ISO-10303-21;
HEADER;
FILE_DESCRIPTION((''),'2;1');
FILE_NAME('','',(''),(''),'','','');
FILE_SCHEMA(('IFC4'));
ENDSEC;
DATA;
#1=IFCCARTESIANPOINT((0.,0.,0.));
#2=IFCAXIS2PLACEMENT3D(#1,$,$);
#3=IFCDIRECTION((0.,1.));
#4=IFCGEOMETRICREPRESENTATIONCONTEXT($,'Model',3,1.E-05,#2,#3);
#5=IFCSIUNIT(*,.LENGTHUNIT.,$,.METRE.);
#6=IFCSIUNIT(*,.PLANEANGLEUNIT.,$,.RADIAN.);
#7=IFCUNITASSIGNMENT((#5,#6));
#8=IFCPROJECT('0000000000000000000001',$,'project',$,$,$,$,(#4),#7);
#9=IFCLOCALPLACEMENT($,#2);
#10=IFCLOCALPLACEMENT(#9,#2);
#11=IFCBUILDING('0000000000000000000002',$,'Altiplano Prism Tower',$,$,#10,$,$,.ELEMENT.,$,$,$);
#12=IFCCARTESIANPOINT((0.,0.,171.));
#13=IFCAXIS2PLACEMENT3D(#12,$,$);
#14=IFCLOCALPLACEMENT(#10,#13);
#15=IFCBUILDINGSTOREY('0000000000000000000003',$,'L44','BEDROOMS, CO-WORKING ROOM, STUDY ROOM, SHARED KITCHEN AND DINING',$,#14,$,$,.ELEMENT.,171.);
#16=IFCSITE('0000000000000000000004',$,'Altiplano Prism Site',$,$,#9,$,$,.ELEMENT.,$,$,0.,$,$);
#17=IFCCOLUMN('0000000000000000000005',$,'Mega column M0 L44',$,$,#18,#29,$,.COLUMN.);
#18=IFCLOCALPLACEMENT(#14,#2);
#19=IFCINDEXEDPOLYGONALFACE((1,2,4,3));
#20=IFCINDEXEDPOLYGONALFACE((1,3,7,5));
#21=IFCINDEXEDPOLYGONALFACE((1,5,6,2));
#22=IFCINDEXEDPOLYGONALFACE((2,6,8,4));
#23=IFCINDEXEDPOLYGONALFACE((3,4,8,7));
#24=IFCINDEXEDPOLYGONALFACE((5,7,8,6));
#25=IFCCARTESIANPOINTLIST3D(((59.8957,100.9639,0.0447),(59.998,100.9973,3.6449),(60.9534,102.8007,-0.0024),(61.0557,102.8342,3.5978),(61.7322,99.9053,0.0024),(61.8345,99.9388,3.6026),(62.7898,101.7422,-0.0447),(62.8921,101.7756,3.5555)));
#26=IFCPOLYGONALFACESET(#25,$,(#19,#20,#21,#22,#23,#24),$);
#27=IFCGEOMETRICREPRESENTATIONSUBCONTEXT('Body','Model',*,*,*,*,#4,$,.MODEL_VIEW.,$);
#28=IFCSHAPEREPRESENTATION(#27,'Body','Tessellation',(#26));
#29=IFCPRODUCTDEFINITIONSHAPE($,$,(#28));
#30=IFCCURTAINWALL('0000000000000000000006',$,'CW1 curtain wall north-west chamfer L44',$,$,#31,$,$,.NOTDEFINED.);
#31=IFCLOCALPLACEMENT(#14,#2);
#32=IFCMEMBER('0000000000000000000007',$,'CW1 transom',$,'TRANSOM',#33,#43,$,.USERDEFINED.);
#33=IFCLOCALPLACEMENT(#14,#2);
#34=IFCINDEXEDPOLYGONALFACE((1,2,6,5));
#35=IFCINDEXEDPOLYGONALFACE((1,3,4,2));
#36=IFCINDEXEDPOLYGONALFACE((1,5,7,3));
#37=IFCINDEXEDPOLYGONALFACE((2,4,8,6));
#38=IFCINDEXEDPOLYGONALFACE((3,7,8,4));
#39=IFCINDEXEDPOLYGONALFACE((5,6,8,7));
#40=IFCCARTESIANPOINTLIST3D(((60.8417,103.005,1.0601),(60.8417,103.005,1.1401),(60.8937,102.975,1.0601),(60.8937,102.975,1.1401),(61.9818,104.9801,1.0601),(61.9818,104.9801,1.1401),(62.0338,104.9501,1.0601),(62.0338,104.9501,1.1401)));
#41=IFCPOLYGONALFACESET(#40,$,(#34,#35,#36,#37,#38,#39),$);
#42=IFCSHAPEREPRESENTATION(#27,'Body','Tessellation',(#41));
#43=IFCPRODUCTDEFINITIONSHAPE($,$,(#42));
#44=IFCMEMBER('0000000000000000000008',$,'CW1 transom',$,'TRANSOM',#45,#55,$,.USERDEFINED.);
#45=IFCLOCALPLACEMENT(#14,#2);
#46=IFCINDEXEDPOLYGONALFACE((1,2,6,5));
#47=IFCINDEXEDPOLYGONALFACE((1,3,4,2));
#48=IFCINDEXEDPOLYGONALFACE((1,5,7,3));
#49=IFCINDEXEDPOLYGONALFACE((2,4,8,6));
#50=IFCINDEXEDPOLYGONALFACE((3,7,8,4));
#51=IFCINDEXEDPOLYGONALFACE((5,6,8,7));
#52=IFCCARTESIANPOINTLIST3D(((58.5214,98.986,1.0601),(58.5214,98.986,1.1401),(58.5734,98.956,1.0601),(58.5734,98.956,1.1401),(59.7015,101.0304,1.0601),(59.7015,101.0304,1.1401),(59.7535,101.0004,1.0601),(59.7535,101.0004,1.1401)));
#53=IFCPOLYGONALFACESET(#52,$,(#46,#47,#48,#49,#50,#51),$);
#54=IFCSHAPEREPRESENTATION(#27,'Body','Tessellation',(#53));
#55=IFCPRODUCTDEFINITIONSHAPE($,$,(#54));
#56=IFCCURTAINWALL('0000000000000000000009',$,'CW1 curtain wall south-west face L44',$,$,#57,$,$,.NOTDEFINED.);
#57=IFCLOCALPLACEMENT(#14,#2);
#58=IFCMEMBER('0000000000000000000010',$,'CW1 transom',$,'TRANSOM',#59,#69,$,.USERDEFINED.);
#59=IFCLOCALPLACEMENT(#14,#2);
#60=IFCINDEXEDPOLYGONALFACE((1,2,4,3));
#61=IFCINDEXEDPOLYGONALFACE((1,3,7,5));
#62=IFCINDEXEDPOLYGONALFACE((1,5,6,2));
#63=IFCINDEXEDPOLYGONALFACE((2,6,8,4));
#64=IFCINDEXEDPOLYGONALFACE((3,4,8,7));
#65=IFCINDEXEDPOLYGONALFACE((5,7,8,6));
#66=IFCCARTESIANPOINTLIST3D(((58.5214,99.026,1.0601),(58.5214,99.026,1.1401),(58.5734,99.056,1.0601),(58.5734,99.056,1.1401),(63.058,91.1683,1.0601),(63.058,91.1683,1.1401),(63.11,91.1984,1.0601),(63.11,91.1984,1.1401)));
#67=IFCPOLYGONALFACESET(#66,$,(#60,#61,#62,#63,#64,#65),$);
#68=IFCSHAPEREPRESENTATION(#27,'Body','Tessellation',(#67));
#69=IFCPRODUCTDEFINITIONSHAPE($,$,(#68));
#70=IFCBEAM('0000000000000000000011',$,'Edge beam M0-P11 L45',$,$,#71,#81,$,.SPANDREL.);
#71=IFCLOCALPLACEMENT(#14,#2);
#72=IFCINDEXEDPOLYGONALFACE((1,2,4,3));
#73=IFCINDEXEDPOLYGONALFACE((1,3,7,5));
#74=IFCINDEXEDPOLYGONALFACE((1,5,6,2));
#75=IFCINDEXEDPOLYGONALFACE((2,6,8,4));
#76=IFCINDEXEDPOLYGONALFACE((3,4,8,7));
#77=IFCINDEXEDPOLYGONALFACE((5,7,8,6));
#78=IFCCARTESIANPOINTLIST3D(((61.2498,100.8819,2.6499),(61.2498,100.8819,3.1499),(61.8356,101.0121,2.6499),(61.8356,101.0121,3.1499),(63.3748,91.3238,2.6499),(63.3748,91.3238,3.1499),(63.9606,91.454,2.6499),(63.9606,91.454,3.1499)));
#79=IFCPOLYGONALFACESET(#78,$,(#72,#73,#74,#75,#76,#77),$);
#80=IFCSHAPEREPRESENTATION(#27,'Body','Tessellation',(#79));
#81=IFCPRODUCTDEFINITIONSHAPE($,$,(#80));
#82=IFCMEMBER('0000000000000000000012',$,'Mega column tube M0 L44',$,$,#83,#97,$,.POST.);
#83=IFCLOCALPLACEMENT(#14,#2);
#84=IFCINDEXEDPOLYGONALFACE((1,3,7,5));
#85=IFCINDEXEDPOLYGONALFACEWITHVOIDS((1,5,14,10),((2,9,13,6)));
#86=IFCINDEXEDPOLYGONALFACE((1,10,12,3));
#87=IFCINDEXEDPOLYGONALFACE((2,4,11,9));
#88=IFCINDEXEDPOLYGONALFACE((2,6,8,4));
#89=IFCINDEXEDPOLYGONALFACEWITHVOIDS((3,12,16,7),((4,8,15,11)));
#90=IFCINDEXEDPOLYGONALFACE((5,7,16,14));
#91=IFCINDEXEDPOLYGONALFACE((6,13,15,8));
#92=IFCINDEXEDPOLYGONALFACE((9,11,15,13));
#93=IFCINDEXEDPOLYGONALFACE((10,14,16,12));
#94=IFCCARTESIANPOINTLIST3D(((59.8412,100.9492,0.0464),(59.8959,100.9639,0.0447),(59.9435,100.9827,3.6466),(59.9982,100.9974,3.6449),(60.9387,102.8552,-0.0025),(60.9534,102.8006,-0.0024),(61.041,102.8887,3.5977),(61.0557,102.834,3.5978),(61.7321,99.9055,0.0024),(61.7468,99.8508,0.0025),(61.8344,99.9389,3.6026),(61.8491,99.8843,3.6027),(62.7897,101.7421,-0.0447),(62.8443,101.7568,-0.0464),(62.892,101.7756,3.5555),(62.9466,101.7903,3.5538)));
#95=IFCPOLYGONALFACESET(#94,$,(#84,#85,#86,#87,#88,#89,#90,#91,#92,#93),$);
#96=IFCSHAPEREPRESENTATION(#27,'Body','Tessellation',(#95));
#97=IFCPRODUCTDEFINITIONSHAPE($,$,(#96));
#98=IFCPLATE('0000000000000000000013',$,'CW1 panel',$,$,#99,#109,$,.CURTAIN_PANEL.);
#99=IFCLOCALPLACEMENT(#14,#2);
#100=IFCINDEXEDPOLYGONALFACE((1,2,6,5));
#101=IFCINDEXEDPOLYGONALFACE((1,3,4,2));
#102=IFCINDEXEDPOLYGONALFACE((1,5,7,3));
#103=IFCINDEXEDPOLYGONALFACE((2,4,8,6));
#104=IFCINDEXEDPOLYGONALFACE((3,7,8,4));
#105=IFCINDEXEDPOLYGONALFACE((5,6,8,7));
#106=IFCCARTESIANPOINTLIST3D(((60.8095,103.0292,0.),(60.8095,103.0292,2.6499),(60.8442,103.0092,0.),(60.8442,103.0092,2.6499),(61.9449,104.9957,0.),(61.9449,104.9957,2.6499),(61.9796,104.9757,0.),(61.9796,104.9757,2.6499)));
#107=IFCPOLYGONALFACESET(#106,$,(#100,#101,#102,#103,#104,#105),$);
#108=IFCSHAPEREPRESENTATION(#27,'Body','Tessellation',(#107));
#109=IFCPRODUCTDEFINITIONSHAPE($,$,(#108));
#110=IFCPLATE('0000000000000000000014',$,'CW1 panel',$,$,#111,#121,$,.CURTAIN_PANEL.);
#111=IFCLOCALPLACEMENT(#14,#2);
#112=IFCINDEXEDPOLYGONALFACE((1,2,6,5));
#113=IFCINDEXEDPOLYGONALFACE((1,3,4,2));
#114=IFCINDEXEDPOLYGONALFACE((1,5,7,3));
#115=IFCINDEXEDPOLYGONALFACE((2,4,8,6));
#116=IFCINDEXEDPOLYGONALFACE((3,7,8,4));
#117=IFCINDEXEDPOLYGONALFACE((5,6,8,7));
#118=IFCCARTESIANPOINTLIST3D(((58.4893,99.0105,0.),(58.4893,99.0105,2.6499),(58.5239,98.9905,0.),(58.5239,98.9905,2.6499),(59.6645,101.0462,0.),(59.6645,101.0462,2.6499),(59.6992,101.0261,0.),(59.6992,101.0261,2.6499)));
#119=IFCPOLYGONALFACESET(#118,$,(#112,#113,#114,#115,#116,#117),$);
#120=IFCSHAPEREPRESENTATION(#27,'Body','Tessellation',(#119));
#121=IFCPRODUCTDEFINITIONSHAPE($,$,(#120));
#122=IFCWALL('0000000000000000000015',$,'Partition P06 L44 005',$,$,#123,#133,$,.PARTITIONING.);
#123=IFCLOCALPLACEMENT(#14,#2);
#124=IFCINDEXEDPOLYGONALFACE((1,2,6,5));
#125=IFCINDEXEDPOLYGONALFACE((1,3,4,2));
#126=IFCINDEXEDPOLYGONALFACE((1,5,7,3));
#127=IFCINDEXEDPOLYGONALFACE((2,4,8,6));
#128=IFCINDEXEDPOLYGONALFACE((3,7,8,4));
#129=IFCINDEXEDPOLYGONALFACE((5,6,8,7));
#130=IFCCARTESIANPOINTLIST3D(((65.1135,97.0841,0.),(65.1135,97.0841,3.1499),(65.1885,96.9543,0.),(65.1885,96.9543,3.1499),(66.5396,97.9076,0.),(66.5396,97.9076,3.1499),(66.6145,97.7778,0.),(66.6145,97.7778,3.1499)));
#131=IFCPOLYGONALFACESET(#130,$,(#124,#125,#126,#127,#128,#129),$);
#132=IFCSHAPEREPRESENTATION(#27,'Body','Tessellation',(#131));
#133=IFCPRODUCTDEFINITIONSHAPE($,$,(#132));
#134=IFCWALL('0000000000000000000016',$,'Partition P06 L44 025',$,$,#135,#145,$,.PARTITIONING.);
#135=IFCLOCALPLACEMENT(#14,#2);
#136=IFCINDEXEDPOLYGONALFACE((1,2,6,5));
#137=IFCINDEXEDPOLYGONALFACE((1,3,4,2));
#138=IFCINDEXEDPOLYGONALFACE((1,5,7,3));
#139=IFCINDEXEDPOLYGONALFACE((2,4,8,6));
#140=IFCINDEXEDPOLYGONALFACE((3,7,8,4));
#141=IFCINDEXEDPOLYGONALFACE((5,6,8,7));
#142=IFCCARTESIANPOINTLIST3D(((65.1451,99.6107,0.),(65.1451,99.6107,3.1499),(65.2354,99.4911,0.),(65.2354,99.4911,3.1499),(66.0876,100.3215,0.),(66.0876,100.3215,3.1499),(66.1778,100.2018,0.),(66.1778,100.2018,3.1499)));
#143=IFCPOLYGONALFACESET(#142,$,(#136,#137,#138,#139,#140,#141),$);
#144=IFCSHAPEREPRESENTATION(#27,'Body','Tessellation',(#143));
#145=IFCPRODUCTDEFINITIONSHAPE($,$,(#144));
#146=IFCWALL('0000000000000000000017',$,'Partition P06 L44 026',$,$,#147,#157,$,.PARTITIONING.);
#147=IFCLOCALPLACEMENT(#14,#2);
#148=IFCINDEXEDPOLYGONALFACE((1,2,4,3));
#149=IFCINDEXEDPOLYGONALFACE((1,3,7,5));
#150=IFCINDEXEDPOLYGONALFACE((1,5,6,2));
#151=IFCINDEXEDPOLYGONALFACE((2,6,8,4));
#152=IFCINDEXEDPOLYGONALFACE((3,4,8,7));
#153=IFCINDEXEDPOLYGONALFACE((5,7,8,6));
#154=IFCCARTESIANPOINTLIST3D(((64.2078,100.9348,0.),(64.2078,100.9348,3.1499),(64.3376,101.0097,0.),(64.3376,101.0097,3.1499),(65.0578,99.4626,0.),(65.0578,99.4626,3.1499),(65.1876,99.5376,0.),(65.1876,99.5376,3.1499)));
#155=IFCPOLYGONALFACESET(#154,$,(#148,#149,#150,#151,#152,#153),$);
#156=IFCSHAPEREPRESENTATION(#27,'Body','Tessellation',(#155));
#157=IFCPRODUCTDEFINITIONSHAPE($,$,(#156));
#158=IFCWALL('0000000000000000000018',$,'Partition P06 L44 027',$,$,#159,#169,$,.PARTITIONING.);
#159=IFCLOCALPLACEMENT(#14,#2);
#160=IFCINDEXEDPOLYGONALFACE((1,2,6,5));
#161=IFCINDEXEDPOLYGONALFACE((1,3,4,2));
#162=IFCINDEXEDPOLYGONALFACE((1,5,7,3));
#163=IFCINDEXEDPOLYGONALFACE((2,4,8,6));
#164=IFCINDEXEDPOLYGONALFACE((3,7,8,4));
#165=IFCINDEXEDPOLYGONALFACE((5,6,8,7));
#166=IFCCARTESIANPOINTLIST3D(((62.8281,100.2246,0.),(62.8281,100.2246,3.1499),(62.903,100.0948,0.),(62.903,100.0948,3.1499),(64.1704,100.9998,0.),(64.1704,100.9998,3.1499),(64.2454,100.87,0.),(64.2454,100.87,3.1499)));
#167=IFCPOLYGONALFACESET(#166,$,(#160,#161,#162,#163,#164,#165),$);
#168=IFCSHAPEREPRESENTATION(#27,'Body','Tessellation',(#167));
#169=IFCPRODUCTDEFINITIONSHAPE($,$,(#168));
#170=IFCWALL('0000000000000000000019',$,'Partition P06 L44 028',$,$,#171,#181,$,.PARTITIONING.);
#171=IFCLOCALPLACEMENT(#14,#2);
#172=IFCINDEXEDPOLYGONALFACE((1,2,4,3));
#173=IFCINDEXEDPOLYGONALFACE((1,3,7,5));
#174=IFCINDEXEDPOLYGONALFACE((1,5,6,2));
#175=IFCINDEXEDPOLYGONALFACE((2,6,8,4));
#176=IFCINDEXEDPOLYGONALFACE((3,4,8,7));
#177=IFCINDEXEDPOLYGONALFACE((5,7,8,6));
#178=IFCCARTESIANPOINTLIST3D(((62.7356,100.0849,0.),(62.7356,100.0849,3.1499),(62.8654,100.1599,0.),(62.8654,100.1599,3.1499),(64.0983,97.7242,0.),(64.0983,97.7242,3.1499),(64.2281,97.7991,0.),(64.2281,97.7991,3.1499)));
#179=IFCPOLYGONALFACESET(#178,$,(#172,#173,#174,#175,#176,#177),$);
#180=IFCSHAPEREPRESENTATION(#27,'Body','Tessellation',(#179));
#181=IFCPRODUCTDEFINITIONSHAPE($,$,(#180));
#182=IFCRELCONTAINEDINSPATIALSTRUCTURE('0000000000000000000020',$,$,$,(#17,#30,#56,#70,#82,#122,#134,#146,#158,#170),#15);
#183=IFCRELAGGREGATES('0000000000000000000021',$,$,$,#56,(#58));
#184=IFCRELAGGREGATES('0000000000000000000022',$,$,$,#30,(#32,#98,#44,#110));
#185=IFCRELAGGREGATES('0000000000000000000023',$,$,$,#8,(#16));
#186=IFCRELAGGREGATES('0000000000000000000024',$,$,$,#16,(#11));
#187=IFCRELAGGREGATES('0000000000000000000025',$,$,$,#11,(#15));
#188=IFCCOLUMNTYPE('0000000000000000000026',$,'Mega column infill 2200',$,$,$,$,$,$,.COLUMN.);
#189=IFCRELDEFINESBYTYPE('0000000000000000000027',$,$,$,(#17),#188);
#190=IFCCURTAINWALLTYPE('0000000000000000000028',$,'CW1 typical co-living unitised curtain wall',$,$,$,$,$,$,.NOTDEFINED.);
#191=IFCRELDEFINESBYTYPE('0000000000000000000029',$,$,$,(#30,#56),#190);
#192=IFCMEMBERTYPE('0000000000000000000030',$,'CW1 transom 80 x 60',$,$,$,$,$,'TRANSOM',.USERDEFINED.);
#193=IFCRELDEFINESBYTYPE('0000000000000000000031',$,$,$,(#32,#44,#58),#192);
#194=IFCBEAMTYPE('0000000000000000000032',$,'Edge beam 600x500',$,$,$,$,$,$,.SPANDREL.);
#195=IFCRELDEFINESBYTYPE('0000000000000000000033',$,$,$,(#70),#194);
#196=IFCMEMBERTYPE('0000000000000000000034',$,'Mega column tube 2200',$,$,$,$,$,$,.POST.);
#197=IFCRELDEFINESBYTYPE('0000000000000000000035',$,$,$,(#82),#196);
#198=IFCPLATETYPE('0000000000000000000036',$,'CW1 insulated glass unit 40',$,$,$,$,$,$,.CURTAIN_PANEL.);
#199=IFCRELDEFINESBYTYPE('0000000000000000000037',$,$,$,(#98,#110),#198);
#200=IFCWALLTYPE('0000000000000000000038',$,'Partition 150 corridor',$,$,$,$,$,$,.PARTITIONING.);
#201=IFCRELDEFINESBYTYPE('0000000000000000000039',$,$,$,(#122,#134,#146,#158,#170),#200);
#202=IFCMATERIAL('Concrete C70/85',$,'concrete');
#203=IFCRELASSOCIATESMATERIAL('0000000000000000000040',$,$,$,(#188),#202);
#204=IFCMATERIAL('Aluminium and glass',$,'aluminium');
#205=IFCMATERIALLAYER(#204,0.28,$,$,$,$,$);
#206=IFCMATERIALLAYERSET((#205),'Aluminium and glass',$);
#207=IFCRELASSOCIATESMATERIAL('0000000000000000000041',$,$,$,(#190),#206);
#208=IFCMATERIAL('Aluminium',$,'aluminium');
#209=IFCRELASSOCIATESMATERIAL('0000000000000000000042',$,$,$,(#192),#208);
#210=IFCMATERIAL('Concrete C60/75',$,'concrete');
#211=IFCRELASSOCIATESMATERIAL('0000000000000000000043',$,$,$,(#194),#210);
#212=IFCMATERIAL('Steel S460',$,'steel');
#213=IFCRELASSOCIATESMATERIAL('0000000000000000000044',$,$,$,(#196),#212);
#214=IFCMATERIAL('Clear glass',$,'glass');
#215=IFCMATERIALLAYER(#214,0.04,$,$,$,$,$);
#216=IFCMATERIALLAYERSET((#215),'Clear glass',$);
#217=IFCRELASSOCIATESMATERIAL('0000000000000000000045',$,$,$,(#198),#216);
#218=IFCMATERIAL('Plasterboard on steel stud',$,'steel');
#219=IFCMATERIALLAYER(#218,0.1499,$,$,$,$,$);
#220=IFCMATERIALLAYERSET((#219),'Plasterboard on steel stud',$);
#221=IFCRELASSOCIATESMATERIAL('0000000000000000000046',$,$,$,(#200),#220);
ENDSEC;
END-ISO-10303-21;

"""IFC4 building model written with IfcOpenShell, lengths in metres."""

from ifc_helpers import new_model, si_unit, direction, frame, frame_2d, origin, origin_2d, place, context, subcontext, project, spatial, rectangle, hollow_rectangle, extrude, material, layer, layer_set, material_profile, profile_set, type_object, element, aggregate, save


model = new_model("IFC4")

# Units and contexts
model_context = context("Model", 3, precision=1e-05, world=origin(), true_north=direction((0.0, 1.0)))
body_context = subcontext(model_context, "Body", "Model", "MODEL_VIEW")
ifc_project = project(units=[si_unit("LENGTHUNIT", "METRE"), si_unit("PLANEANGLEUNIT", "RADIAN")], contexts=[model_context])

# Site, building, storey
site_placement = place(None, origin())
site = spatial("IfcSite", under=ifc_project, at=site_placement, Name="Altiplano Prism Site", CompositionType="ELEMENT", RefElevation=0.0)
building_placement = place(site_placement, origin())
building = spatial("IfcBuilding", under=site, at=building_placement, Name="Altiplano Prism Tower", CompositionType="ELEMENT")
storey_placement = place(building_placement, frame((0.0, 0.0, 171.0)))
storey = spatial("IfcBuildingStorey", under=building, at=storey_placement, Name="L44", Description="BEDROOMS, CO-WORKING ROOM, STUDY ROOM, SHARED KITCHEN AND DINING", CompositionType="ELEMENT", Elevation=171.0)

# Column
ifc_material_1 = material(Name="Concrete C70/85", Category="concrete")
ifc_material_profile_1 = material_profile(ifc_material_1, rectangle(XDim=2.1201, YDim=2.1201, at=origin_2d()), Name="Mega column infill 2200")
ifc_profile_set_1 = profile_set([ifc_material_profile_1], Name="Concrete C70/85")
column_type = type_object("IfcColumnType", Name="Mega column infill 2200", PredefinedType="COLUMN", material=ifc_profile_set_1)
column_placement = place(storey_placement, frame((61.3428, 101.353, 0.0), z_axis=(0.028402, 0.009287, 0.999553), x_axis=(-0.866206, 0.499287, 0.019974)))
element("IfcColumn", 1, at=column_placement, inside=storey, type_object=column_type, Name="Mega column M0 L44", PredefinedType="COLUMN", context=body_context, shape_type="SweptSolid", body=[
    extrude(rectangle(XDim=2.1201, YDim=2.1201, at=origin_2d()), origin(), (0.0, 0.0, 1.0), 3.6018),
])

# Curtain wall, members
ifc_material_2 = material(Name="Aluminium and glass", Category="aluminium")
ifc_layer_1 = layer(ifc_material_2, 0.28)
ifc_layer_set_1 = layer_set([ifc_layer_1], Name="Aluminium and glass")
curtain_wall_type = type_object("IfcCurtainWallType", Name="CW1 typical co-living unitised curtain wall", PredefinedType="NOTDEFINED", material=ifc_layer_set_1)
curtain_wall_1_placement = place(storey_placement, origin())
curtain_wall_1 = element("IfcCurtainWall", 2, at=curtain_wall_1_placement, inside=storey, type_object=curtain_wall_type, Name="CW1 curtain wall north-west chamfer L44", PredefinedType="NOTDEFINED")
ifc_material_3 = material(Name="Aluminium", Category="aluminium")
ifc_material_profile_2 = material_profile(ifc_material_3, rectangle(XDim=0.0601, YDim=0.0801, at=origin_2d()), Name="CW1 transom 80 x 60")
ifc_profile_set_2 = profile_set([ifc_material_profile_2], Name="Aluminium")
member_type_1 = type_object("IfcMemberType", Name="CW1 transom 80 x 60", ElementType="TRANSOM", PredefinedType="USERDEFINED", material=ifc_profile_set_2)
member_1_placement = place(storey_placement, frame((62.0078, 104.9651, 1.1001), z_axis=(-0.499939, -0.866061, 0.0), x_axis=(0.866061, -0.499939, 0.0)))
member_1 = element("IfcMember", 3, at=member_1_placement, type_object=member_type_1, Name="CW1 transom", ObjectType="TRANSOM", PredefinedType="USERDEFINED", context=body_context, shape_type="SweptSolid", body=[
    extrude(rectangle(XDim=0.0601, YDim=0.0801, at=origin_2d()), origin(), (0.0, 0.0, 1.0), 2.2805),
])
member_2_placement = place(storey_placement, frame((59.7275, 101.0154, 1.1001), z_axis=(-0.499943, -0.866058, 0.0), x_axis=(0.866058, -0.499943, 0.0)))
member_2 = element("IfcMember", 4, at=member_2_placement, type_object=member_type_1, Name="CW1 transom", ObjectType="TRANSOM", PredefinedType="USERDEFINED", context=body_context, shape_type="SweptSolid", body=[
    extrude(rectangle(XDim=0.0601, YDim=0.0801, at=origin_2d()), origin(), (0.0, 0.0, 1.0), 2.3606),
])

# Curtain wall, member
curtain_wall_2_placement = place(storey_placement, origin())
curtain_wall_2 = element("IfcCurtainWall", 5, at=curtain_wall_2_placement, inside=storey, type_object=curtain_wall_type, Name="CW1 curtain wall south-west face L44", PredefinedType="NOTDEFINED")
member_3_placement = place(storey_placement, frame((58.5474, 99.041, 1.1001), z_axis=(0.5, -0.866026, 0.0), x_axis=(0.866026, 0.5, 0.0)))
member_3 = element("IfcMember", 6, at=member_3_placement, type_object=member_type_1, Name="CW1 transom", ObjectType="TRANSOM", PredefinedType="USERDEFINED", context=body_context, shape_type="SweptSolid", body=[
    extrude(rectangle(XDim=0.0601, YDim=0.0801, at=origin_2d()), origin(), (0.0, 0.0, 1.0), 9.0732),
])
aggregate(curtain_wall_2, [member_3])

# Beam
ifc_material_4 = material(Name="Concrete C60/75", Category="concrete")
ifc_material_profile_3 = material_profile(ifc_material_4, rectangle(XDim=0.6001, YDim=0.5, at=origin_2d()), Name="Edge beam 600x500")
ifc_profile_set_3 = profile_set([ifc_material_profile_3], Name="Concrete C60/75")
beam_type = type_object("IfcBeamType", Name="Edge beam 600x500", PredefinedType="SPANDREL", material=ifc_profile_set_3)
beam_placement = place(storey_placement, frame((61.5427, 100.947, 2.8999), z_axis=(0.217025, -0.976166, 0.0), x_axis=(0.976166, 0.217025, 0.0)))
element("IfcBeam", 7, at=beam_placement, inside=storey, type_object=beam_type, Name="Edge beam M0-P11 L45", PredefinedType="SPANDREL", context=body_context, shape_type="SweptSolid", body=[
    extrude(rectangle(XDim=0.6001, YDim=0.5, at=origin_2d()), origin(), (0.0, 0.0, 1.0), 9.7915),
])

# Member
ifc_material_5 = material(Name="Steel S460", Category="steel")
ifc_material_profile_4 = material_profile(ifc_material_5, hollow_rectangle(XDim=2.2, YDim=2.2, WallThickness=0.04, at=origin_2d()), Name="Mega column tube 2200")
ifc_profile_set_4 = profile_set([ifc_material_profile_4], Name="Steel S460")
member_type_2 = type_object("IfcMemberType", Name="Mega column tube 2200", PredefinedType="POST", material=ifc_profile_set_4)
member_4_placement = place(storey_placement, frame((61.3428, 101.353, 0.0), z_axis=(0.028402, 0.009287, 0.999553), x_axis=(-0.866206, 0.499287, 0.019974)))
element("IfcMember", 8, at=member_4_placement, inside=storey, type_object=member_type_2, Name="Mega column tube M0 L44", PredefinedType="POST", context=body_context, shape_type="SweptSolid", body=[
    extrude(hollow_rectangle(XDim=2.2, YDim=2.2, WallThickness=0.04, at=origin_2d()), origin(), (0.0, 0.0, 1.0), 3.6018),
])

# Plates
ifc_material_6 = material(Name="Clear glass", Category="glass")
ifc_layer_2 = layer(ifc_material_6, 0.04)
ifc_layer_set_2 = layer_set([ifc_layer_2], Name="Clear glass")
plate_type = type_object("IfcPlateType", Name="CW1 insulated glass unit 40", PredefinedType="CURTAIN_PANEL", material=ifc_layer_set_2)
plate_1_placement = place(storey_placement, frame((61.3945, 104.0024, 0.0), z_axis=(0.0, 0.0, 1.0), x_axis=(-0.5, -0.866025, 0.0)))
plate_1 = element("IfcPlate", 9, at=plate_1_placement, type_object=plate_type, Name="CW1 panel", PredefinedType="CURTAIN_PANEL", context=body_context, shape_type="SweptSolid", body=[
    extrude(rectangle(XDim=2.2708, YDim=0.04, at=origin_2d()), origin(), (0.0, 0.0, 1.0), 2.6499),
])
plate_2_placement = place(storey_placement, frame((59.0942, 100.0183, 0.0), z_axis=(0.0, 0.0, 1.0), x_axis=(-0.5, -0.866025, 0.0)))
plate_2 = element("IfcPlate", 10, at=plate_2_placement, type_object=plate_type, Name="CW1 panel", PredefinedType="CURTAIN_PANEL", context=body_context, shape_type="SweptSolid", body=[
    extrude(rectangle(XDim=2.3506, YDim=0.04, at=origin_2d()), origin(), (0.0, 0.0, 1.0), 2.6499),
])
aggregate(curtain_wall_1, [member_1, plate_1, member_2, plate_2])

# Walls
ifc_material_7 = material(Name="Plasterboard on steel stud", Category="steel")
ifc_layer_3 = layer(ifc_material_7, 0.1499)
ifc_layer_set_3 = layer_set([ifc_layer_3], Name="Plasterboard on steel stud")
wall_type_1 = type_object("IfcWallType", Name="Partition 150 corridor", PredefinedType="PARTITIONING", material=ifc_layer_set_3)
wall_1_placement = place(storey_placement, frame((65.1511, 97.0193, 0.0), z_axis=(0.0, 0.0, 1.0), x_axis=(0.865981, 0.500078, 0.0)))
element("IfcWall", 11, at=wall_1_placement, inside=storey, type_object=wall_type_1, Name="Partition P06 L44 005", PredefinedType="PARTITIONING", context=body_context, shape_type="SweptSolid", body=[
    extrude(rectangle(XDim=1.6467, YDim=0.1499, at=frame_2d((0.8232, 0.0))), origin(), (0.0, 0.0, 1.0), 3.1499),
])
wall_2_placement = place(storey_placement, frame((66.1328, 100.2617, 0.0), z_axis=(0.0, 0.0, 1.0), x_axis=(-0.798409, -0.602116, 0.0)))
element("IfcWall", 12, at=wall_2_placement, inside=storey, type_object=wall_type_1, Name="Partition P06 L44 025", PredefinedType="PARTITIONING", context=body_context, shape_type="SweptSolid", body=[
    extrude(rectangle(XDim=1.1804, YDim=0.1499, at=frame_2d((0.5903, 0.0))), origin(), (0.0, 0.0, 1.0), 3.1499),
])
wall_3_placement = place(storey_placement, frame((65.1228, 99.5, 0.0), z_axis=(0.0, 0.0, 1.0), x_axis=(-0.500062, 0.865989, 0.0)))
element("IfcWall", 13, at=wall_3_placement, inside=storey, type_object=wall_type_1, Name="Partition P06 L44 026", PredefinedType="PARTITIONING", context=body_context, shape_type="SweptSolid", body=[
    extrude(rectangle(XDim=1.7, YDim=0.1499, at=frame_2d((0.8501, 0.0))), origin(), (0.0, 0.0, 1.0), 3.1499),
])
wall_4_placement = place(storey_placement, frame((64.2078, 100.9348, 0.0), z_axis=(0.0, 0.0, 1.0), x_axis=(-0.865976, -0.500086, 0.0)))
element("IfcWall", 14, at=wall_4_placement, inside=storey, type_object=wall_type_1, Name="Partition P06 L44 027", PredefinedType="PARTITIONING", context=body_context, shape_type="SweptSolid", body=[
    extrude(rectangle(XDim=1.55, YDim=0.1499, at=frame_2d((0.7749, 0.0))), origin(), (0.0, 0.0, 1.0), 3.1499),
])
wall_5_placement = place(storey_placement, frame((62.8005, 100.1223, 0.0), z_axis=(0.0, 0.0, 1.0), x_axis=(0.499934, -0.866063, 0.0)))
element("IfcWall", 15, at=wall_5_placement, inside=storey, type_object=wall_type_1, Name="Partition P06 L44 028", PredefinedType="PARTITIONING", context=body_context, shape_type="SweptSolid", body=[
    extrude(rectangle(XDim=2.7258, YDim=0.1499, at=frame_2d((1.3628, 0.0))), origin(), (0.0, 0.0, 1.0), 3.1499),
])

save(model, "model.ifc")
